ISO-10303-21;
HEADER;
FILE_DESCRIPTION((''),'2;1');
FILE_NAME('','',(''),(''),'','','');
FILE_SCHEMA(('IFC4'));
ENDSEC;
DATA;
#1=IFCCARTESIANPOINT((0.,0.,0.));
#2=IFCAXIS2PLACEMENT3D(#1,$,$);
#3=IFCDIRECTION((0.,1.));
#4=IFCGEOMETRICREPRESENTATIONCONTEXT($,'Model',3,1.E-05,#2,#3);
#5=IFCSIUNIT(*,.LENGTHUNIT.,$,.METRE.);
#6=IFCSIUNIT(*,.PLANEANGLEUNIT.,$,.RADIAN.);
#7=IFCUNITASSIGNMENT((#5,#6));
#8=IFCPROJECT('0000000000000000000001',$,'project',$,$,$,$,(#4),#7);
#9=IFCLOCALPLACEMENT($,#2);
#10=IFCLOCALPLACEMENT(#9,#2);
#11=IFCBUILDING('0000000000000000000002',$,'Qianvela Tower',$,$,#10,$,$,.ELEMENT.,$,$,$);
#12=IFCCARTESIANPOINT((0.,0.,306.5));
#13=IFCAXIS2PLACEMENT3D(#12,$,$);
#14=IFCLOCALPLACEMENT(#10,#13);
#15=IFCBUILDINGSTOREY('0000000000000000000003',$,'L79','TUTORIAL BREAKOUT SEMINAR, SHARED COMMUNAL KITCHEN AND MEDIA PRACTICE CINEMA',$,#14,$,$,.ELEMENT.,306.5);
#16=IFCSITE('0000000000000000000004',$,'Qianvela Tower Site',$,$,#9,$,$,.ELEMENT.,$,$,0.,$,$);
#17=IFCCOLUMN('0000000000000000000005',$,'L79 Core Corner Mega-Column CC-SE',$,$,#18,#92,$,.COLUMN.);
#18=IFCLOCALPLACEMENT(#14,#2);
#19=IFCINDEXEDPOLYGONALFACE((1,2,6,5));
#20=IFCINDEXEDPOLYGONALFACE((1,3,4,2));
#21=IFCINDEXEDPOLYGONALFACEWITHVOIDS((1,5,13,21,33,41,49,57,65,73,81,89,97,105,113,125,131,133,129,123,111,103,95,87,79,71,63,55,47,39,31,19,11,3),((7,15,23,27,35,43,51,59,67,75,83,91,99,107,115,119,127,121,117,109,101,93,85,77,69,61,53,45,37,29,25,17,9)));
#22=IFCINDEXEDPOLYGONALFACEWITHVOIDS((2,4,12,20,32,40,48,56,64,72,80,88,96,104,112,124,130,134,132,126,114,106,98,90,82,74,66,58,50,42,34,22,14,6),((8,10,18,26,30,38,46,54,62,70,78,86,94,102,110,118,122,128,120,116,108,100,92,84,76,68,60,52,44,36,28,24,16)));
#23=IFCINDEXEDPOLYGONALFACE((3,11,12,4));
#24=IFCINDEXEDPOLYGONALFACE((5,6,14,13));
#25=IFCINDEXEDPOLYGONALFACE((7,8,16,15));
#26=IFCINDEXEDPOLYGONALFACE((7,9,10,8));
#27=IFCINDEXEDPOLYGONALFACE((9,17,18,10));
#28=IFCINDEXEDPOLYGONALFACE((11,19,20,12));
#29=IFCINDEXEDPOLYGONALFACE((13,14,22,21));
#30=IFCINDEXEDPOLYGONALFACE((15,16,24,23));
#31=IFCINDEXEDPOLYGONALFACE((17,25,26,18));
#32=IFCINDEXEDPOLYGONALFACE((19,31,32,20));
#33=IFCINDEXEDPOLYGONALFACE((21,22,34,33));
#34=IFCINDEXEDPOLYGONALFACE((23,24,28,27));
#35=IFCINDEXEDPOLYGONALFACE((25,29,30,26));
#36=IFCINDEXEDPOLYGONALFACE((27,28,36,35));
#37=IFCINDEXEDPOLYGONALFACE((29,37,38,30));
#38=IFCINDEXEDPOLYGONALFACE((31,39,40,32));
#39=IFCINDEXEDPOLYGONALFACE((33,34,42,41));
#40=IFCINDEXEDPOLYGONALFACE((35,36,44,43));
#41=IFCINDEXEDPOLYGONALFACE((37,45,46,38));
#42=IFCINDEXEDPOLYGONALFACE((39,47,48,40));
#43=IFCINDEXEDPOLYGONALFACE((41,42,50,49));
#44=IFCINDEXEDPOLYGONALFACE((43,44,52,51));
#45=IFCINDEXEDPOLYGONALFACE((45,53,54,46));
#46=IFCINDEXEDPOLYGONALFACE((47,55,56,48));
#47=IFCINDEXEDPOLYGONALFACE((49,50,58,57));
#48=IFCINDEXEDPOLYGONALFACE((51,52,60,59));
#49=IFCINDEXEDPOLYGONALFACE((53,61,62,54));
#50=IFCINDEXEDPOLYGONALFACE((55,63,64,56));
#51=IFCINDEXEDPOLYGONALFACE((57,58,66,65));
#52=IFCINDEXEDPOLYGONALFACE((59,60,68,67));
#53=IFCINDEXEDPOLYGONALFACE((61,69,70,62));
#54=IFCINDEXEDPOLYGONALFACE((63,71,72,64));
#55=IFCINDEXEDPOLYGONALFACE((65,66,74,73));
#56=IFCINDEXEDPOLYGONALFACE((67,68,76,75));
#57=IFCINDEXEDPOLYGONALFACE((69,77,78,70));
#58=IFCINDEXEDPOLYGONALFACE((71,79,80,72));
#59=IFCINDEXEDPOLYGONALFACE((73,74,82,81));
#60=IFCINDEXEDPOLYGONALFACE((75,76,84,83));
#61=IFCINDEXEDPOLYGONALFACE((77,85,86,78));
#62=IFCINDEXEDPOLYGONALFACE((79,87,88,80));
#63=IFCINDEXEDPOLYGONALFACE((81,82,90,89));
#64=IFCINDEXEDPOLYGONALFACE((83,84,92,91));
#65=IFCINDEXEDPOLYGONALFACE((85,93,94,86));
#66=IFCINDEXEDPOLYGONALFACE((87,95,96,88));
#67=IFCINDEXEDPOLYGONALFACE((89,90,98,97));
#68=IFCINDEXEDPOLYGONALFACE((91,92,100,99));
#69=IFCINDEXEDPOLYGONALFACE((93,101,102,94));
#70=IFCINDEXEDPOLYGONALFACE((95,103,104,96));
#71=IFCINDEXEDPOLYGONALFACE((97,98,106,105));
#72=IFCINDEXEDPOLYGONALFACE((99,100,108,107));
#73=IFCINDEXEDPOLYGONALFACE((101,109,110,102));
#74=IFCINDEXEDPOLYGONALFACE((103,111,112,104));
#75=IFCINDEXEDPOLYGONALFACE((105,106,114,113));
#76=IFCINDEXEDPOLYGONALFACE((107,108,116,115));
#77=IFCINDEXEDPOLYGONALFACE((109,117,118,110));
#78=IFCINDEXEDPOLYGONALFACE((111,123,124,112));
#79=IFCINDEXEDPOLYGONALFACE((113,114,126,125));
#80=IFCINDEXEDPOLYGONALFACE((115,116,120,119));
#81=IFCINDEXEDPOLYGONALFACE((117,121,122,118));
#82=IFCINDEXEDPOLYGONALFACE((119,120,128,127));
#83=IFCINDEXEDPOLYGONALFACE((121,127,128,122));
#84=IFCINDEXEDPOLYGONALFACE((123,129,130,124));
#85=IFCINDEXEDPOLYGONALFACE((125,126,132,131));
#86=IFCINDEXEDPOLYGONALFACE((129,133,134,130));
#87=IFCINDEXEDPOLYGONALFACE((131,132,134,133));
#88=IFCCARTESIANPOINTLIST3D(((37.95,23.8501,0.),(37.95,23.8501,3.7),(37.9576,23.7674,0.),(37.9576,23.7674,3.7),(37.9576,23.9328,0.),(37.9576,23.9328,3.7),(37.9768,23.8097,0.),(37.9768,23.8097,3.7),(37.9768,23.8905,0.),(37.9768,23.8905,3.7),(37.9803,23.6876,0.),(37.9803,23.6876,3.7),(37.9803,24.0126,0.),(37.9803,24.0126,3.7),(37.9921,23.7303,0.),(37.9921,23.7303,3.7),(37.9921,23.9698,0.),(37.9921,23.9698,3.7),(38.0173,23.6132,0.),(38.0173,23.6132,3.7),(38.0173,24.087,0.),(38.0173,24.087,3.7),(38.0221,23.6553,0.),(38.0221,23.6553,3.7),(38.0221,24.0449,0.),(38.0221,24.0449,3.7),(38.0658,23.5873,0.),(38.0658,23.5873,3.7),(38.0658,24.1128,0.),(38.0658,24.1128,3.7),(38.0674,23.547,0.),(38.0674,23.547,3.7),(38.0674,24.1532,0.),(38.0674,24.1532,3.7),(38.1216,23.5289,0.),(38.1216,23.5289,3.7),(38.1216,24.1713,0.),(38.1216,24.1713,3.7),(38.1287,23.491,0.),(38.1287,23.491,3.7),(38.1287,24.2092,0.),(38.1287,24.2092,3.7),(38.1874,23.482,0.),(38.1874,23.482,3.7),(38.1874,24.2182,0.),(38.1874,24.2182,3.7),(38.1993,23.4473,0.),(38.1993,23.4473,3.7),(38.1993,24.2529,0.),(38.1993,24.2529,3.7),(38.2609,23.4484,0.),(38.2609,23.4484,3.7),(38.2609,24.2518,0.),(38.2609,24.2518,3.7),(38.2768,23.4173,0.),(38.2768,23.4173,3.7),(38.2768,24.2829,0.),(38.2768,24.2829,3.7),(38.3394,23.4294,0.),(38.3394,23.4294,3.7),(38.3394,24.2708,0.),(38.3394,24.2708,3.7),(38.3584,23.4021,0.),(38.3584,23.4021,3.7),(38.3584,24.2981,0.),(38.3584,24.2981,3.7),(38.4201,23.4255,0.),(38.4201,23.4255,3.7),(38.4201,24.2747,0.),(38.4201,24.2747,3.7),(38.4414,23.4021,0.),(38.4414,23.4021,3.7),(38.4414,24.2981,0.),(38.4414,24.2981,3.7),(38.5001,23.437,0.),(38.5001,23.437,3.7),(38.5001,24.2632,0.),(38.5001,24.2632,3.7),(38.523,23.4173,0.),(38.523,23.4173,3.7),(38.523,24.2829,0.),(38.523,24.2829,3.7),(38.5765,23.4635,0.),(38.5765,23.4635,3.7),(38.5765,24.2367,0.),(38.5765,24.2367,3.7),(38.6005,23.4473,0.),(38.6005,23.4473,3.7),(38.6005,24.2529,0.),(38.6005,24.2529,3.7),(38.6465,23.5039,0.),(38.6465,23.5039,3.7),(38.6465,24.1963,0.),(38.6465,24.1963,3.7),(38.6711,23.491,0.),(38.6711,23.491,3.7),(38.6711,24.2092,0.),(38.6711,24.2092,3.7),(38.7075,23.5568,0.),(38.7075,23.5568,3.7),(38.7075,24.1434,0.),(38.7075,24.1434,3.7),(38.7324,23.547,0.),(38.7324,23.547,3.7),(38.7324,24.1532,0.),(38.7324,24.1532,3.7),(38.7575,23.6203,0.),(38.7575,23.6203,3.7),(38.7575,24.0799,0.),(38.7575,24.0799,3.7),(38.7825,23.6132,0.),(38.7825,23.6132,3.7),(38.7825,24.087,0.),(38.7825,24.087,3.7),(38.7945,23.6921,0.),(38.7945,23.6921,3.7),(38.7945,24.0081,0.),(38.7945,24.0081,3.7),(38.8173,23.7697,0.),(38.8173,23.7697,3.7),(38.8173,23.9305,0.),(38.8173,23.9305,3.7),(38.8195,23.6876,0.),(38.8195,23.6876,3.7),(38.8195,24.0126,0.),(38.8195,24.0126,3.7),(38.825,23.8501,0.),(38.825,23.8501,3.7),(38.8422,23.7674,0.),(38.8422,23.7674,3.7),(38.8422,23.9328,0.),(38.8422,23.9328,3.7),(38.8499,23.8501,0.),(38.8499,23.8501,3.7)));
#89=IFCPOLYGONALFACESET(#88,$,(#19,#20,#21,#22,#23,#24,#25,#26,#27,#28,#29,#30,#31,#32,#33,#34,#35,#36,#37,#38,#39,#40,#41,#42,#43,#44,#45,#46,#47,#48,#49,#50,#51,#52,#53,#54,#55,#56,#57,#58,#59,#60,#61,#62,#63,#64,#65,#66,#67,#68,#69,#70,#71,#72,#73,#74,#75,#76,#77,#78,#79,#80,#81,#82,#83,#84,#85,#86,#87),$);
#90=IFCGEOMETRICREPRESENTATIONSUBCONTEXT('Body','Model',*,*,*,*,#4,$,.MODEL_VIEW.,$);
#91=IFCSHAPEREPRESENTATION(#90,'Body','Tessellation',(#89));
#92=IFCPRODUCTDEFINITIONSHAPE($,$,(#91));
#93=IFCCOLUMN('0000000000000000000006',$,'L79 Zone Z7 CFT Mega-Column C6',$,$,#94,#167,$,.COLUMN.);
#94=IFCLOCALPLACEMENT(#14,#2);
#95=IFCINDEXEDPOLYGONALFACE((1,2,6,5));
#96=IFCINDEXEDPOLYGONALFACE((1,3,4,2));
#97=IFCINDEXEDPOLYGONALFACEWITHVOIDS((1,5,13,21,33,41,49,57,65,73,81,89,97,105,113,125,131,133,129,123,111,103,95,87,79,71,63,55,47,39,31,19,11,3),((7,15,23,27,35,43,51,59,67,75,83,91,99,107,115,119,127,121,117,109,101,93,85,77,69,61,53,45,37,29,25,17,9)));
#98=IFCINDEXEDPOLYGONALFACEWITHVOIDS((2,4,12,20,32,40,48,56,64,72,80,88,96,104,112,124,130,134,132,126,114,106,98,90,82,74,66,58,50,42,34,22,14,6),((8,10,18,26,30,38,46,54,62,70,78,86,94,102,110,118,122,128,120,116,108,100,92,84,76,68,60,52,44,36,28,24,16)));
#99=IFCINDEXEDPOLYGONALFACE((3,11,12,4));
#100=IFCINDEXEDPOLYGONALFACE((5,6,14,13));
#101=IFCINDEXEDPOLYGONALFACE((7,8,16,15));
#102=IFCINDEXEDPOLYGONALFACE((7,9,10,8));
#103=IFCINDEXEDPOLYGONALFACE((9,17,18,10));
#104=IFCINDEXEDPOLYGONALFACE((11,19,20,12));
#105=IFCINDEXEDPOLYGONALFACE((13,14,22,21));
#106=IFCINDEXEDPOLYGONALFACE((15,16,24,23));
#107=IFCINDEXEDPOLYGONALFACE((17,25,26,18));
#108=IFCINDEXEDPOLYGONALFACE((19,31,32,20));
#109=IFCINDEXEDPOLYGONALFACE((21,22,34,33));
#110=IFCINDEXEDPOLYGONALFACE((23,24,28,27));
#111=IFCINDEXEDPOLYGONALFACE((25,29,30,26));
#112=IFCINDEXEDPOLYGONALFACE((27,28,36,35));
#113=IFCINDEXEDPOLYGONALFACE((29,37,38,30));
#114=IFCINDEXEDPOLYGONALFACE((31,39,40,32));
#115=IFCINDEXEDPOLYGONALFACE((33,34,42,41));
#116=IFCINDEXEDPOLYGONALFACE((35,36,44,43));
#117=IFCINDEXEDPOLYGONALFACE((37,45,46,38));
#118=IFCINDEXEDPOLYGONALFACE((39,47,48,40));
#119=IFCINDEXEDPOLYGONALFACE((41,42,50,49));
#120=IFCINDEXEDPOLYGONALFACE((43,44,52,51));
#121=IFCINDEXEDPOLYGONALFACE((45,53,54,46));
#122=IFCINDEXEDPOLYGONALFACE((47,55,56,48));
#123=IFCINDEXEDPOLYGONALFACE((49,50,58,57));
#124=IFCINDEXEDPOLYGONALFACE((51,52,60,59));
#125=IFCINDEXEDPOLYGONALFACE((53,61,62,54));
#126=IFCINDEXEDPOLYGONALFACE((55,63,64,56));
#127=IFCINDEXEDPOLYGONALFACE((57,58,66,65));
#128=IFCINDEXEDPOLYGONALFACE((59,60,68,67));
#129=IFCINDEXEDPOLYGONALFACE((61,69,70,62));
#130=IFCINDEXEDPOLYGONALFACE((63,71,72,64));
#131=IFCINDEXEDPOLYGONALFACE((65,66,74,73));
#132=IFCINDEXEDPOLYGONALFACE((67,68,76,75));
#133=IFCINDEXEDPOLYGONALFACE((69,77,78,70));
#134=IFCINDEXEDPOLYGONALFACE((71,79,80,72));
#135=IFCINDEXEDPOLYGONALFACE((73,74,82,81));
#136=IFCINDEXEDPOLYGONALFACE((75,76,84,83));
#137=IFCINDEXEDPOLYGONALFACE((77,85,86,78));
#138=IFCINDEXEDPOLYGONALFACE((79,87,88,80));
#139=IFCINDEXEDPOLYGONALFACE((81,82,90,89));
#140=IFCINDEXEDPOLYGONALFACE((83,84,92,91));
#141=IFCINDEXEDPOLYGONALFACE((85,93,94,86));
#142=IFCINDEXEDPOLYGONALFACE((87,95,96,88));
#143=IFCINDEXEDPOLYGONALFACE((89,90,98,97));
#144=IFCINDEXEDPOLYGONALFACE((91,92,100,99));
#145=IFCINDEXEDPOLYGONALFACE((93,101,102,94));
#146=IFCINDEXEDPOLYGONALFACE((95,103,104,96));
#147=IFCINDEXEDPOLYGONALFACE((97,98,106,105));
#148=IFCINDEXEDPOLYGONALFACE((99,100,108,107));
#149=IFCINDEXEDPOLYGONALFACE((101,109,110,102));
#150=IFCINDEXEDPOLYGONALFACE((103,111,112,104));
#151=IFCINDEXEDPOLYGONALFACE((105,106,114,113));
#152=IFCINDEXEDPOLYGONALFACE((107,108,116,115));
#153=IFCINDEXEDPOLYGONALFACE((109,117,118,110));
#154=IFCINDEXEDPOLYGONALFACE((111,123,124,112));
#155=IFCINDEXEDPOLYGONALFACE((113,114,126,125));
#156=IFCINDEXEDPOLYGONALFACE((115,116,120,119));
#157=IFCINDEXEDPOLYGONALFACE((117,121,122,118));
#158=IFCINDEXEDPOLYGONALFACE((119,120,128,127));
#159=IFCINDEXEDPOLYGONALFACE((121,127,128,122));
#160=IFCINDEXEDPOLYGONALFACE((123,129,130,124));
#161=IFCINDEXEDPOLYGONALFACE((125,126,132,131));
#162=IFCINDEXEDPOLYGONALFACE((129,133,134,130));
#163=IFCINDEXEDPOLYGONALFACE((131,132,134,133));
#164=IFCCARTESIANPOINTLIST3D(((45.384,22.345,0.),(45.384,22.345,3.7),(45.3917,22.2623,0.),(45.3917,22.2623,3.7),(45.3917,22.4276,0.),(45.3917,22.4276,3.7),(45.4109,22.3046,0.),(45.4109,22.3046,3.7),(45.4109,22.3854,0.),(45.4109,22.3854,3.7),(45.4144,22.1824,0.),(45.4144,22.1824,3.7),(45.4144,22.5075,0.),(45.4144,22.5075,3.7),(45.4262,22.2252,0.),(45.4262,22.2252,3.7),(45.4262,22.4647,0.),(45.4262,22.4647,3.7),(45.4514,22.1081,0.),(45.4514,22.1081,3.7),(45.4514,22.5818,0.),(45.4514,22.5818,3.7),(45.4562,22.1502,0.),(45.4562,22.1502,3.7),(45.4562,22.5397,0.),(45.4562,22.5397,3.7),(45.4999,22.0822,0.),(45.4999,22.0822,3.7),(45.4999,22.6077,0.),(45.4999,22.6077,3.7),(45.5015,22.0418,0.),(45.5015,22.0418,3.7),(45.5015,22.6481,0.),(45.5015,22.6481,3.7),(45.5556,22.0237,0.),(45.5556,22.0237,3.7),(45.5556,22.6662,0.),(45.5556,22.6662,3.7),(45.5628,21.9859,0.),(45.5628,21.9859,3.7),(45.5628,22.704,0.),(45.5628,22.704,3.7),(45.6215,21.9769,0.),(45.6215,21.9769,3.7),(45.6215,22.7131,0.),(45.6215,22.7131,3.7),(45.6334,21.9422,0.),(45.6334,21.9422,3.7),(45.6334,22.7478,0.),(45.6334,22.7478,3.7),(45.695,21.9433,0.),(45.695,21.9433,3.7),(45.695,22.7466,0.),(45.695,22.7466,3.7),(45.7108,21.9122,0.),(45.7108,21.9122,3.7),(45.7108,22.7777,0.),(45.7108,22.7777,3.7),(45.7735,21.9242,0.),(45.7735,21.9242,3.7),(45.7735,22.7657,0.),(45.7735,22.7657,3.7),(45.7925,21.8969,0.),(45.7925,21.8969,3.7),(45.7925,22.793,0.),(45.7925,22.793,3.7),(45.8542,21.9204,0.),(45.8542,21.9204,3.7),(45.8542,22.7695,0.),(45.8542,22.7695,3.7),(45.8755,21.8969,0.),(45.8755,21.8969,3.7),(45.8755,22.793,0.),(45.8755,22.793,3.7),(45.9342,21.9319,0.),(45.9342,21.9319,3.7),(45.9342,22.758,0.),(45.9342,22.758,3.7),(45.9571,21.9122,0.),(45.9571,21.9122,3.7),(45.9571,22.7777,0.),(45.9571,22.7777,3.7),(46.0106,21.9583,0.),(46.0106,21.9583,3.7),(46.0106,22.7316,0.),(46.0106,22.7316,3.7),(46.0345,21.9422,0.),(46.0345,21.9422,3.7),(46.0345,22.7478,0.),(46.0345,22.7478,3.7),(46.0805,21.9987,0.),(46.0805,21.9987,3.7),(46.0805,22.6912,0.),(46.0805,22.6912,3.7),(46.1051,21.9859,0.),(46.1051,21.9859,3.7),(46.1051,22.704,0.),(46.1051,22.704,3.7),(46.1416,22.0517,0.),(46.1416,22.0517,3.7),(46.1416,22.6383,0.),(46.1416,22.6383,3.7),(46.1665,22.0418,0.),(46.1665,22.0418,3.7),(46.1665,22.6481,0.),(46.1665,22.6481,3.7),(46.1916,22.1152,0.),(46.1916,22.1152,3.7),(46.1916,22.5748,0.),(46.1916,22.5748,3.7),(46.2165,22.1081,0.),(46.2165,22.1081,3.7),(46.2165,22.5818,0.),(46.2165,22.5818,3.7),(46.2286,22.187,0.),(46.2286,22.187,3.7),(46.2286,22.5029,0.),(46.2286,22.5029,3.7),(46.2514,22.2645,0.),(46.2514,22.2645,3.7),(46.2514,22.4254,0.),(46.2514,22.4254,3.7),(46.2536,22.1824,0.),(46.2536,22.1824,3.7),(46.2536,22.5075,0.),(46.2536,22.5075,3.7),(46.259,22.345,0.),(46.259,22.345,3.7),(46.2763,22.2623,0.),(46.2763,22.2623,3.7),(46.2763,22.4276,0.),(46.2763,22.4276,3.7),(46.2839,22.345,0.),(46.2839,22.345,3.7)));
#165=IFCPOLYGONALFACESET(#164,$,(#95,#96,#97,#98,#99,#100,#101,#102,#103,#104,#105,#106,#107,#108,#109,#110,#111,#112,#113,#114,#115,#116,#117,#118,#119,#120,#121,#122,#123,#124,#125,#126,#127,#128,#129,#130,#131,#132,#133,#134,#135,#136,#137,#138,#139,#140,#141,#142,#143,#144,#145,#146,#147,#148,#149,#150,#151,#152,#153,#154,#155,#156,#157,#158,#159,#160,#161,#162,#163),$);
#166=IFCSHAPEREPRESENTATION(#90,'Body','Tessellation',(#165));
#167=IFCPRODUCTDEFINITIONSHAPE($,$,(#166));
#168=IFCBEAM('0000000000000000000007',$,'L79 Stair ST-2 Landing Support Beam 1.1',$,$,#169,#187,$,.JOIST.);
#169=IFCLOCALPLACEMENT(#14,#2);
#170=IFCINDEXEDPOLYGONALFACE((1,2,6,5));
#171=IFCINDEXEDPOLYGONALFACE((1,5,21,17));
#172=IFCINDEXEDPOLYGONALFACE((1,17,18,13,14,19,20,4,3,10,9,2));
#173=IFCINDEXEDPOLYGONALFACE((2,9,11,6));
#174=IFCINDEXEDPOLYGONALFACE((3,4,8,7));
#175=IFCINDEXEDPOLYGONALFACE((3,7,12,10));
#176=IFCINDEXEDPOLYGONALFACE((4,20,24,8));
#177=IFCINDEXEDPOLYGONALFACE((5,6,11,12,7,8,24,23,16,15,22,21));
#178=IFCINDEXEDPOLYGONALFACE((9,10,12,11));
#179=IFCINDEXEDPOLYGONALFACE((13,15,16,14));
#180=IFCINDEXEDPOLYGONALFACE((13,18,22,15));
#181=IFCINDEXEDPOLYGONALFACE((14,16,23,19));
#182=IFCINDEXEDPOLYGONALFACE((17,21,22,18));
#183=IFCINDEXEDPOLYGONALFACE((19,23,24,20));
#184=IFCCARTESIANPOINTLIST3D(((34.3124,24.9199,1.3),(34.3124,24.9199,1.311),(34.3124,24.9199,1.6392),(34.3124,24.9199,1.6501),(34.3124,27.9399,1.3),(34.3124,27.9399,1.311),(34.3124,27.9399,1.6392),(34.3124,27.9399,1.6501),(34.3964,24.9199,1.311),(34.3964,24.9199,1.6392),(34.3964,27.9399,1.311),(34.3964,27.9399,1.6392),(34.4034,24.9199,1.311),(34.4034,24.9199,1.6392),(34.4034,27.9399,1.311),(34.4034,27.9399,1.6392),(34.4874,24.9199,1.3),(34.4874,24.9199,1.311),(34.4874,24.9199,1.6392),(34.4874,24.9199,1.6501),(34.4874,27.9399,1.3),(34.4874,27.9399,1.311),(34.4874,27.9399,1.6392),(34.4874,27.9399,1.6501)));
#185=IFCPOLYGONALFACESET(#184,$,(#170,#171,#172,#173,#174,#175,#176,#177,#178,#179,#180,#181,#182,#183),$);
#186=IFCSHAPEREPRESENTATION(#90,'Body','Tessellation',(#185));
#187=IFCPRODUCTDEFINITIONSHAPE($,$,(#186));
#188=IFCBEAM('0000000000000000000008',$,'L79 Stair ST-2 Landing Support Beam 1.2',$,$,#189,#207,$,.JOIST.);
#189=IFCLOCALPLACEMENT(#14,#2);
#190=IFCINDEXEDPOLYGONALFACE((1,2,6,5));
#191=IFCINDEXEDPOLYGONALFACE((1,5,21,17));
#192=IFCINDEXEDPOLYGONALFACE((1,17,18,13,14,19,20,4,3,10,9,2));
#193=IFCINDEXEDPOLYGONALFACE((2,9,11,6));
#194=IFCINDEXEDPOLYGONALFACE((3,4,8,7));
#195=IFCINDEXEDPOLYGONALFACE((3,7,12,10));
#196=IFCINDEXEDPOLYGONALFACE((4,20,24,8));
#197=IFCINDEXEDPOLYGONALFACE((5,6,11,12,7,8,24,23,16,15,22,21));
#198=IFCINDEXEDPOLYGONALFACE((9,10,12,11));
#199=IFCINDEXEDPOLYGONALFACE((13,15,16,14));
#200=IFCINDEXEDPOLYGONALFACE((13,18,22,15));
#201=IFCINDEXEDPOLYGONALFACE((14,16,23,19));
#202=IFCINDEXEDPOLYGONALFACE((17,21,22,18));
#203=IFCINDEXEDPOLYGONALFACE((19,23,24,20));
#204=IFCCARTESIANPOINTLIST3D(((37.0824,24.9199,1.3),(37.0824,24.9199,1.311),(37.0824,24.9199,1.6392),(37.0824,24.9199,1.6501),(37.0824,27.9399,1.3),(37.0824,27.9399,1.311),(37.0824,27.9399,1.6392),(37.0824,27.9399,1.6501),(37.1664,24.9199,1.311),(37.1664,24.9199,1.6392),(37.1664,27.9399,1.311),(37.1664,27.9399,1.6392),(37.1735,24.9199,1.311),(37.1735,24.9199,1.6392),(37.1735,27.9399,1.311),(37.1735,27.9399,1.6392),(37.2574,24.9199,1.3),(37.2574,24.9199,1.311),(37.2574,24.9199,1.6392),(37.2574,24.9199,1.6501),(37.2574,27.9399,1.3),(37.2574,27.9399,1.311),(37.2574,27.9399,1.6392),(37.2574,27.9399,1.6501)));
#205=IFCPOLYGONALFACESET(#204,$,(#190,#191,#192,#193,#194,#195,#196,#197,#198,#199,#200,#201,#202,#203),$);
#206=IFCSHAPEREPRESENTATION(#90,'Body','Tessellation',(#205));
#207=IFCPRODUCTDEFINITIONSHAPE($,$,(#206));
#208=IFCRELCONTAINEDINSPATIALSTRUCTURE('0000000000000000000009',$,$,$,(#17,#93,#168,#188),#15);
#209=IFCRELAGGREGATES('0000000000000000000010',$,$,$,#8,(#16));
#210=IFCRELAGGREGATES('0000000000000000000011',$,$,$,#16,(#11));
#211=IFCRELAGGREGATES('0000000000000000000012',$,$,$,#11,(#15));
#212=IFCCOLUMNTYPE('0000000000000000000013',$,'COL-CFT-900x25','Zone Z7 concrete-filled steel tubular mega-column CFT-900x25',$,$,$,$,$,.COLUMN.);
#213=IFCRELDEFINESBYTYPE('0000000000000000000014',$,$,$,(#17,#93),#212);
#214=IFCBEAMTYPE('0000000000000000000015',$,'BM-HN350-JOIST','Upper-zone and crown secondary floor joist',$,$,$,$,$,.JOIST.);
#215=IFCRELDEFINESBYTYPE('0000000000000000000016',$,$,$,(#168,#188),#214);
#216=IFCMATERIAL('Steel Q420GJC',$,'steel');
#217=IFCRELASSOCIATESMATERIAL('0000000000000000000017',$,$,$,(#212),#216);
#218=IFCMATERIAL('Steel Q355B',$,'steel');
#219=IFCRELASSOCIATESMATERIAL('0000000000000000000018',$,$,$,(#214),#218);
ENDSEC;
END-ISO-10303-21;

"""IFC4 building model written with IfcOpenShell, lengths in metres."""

from ifc_helpers import new_model, si_unit, direction, frame, origin, origin_2d, place, context, subcontext, project, spatial, hollow_circle, i_section, extrude, material, material_profile, profile_set, type_object, element, save


model = new_model("IFC4")

# Units and contexts
model_context = context("Model", 3, precision=1e-05, world=origin(), true_north=direction((0.0, 1.0)))
body_context = subcontext(model_context, "Body", "Model", "MODEL_VIEW")
ifc_project = project(units=[si_unit("LENGTHUNIT", "METRE"), si_unit("PLANEANGLEUNIT", "RADIAN")], contexts=[model_context])

# Site, building, storey
site_placement = place(None, origin())
site = spatial("IfcSite", under=ifc_project, at=site_placement, Name="Qianvela Tower Site", CompositionType="ELEMENT", RefElevation=0.0)
building_placement = place(site_placement, origin())
building = spatial("IfcBuilding", under=site, at=building_placement, Name="Qianvela Tower", CompositionType="ELEMENT")
storey_placement = place(building_placement, frame((0.0, 0.0, 306.5)))
storey = spatial("IfcBuildingStorey", under=building, at=storey_placement, Name="L79", Description="TUTORIAL BREAKOUT SEMINAR, SHARED COMMUNAL KITCHEN AND MEDIA PRACTICE CINEMA", CompositionType="ELEMENT", Elevation=306.5)

# Columns
ifc_material_1 = material(Name="Steel Q420GJC", Category="steel")
ifc_material_profile_1 = material_profile(ifc_material_1, hollow_circle(Radius=0.45, WallThickness=0.0249, at=origin_2d()), Name="CFT-900x25")
ifc_profile_set_1 = profile_set([ifc_material_profile_1], Name="Steel Q420GJC")
column_type = type_object("IfcColumnType", Name="COL-CFT-900x25", Description="Zone Z7 concrete-filled steel tubular mega-column CFT-900x25", PredefinedType="COLUMN", material=ifc_profile_set_1)
for number, where, z_axis, x_axis, name in (
    (1, (38.3999, 23.8501, 0.0), (0.0, 0.0, 1.0), (1.0, 0.0, 0.0), "L79 Core Corner Mega-Column CC-SE"),
    (2, (45.834, 22.345, 0.0), (0.0, 0.0, 1.0), (1.0, 0.0, 0.0), "L79 Zone Z7 CFT Mega-Column C6"),
):
    element("IfcColumn", number, at=place(storey_placement, frame(where, z_axis=z_axis, x_axis=x_axis)), inside=storey, type_object=column_type, Name=name, PredefinedType="COLUMN", context=body_context, shape_type="SweptSolid", body=[
        extrude(hollow_circle(Radius=0.45, WallThickness=0.0249, at=origin_2d()), origin(), (0.0, 0.0, 1.0), 3.7),
    ])

# Beams
ifc_material_2 = material(Name="Steel Q355B", Category="steel")
ifc_material_profile_2 = material_profile(ifc_material_2, i_section(OverallWidth=0.175, OverallDepth=0.3501, WebThickness=0.0071, FlangeThickness=0.011, at=origin_2d()), Name="HN350x175x7x11")
ifc_profile_set_2 = profile_set([ifc_material_profile_2], Name="Steel Q355B")
beam_type_1 = type_object("IfcBeamType", Name="BM-HN350-JOIST", Description="Upper-zone and crown secondary floor joist", PredefinedType="JOIST", material=ifc_profile_set_2)
for number, where, z_axis, x_axis, name in (
    (3, (34.3999, 24.9199, 1.4751), (0.0, 1.0, 0.0), (-1.0, 0.0, 0.0), "L79 Stair ST-2 Landing Support Beam 1.1"),
    (4, (37.1699, 24.9199, 1.4751), (0.0, 1.0, 0.0), (-1.0, 0.0, 0.0), "L79 Stair ST-2 Landing Support Beam 1.2"),
):
    element("IfcBeam", number, at=place(storey_placement, frame(where, z_axis=z_axis, x_axis=x_axis)), inside=storey, type_object=beam_type_1, Name=name, PredefinedType="JOIST", context=body_context, shape_type="SweptSolid", body=[
        extrude(i_section(OverallWidth=0.175, OverallDepth=0.3501, WebThickness=0.0071, FlangeThickness=0.011, at=origin_2d()), origin(), (0.0, 0.0, 1.0), 3.02),
    ])

save(model, "model.ifc")
